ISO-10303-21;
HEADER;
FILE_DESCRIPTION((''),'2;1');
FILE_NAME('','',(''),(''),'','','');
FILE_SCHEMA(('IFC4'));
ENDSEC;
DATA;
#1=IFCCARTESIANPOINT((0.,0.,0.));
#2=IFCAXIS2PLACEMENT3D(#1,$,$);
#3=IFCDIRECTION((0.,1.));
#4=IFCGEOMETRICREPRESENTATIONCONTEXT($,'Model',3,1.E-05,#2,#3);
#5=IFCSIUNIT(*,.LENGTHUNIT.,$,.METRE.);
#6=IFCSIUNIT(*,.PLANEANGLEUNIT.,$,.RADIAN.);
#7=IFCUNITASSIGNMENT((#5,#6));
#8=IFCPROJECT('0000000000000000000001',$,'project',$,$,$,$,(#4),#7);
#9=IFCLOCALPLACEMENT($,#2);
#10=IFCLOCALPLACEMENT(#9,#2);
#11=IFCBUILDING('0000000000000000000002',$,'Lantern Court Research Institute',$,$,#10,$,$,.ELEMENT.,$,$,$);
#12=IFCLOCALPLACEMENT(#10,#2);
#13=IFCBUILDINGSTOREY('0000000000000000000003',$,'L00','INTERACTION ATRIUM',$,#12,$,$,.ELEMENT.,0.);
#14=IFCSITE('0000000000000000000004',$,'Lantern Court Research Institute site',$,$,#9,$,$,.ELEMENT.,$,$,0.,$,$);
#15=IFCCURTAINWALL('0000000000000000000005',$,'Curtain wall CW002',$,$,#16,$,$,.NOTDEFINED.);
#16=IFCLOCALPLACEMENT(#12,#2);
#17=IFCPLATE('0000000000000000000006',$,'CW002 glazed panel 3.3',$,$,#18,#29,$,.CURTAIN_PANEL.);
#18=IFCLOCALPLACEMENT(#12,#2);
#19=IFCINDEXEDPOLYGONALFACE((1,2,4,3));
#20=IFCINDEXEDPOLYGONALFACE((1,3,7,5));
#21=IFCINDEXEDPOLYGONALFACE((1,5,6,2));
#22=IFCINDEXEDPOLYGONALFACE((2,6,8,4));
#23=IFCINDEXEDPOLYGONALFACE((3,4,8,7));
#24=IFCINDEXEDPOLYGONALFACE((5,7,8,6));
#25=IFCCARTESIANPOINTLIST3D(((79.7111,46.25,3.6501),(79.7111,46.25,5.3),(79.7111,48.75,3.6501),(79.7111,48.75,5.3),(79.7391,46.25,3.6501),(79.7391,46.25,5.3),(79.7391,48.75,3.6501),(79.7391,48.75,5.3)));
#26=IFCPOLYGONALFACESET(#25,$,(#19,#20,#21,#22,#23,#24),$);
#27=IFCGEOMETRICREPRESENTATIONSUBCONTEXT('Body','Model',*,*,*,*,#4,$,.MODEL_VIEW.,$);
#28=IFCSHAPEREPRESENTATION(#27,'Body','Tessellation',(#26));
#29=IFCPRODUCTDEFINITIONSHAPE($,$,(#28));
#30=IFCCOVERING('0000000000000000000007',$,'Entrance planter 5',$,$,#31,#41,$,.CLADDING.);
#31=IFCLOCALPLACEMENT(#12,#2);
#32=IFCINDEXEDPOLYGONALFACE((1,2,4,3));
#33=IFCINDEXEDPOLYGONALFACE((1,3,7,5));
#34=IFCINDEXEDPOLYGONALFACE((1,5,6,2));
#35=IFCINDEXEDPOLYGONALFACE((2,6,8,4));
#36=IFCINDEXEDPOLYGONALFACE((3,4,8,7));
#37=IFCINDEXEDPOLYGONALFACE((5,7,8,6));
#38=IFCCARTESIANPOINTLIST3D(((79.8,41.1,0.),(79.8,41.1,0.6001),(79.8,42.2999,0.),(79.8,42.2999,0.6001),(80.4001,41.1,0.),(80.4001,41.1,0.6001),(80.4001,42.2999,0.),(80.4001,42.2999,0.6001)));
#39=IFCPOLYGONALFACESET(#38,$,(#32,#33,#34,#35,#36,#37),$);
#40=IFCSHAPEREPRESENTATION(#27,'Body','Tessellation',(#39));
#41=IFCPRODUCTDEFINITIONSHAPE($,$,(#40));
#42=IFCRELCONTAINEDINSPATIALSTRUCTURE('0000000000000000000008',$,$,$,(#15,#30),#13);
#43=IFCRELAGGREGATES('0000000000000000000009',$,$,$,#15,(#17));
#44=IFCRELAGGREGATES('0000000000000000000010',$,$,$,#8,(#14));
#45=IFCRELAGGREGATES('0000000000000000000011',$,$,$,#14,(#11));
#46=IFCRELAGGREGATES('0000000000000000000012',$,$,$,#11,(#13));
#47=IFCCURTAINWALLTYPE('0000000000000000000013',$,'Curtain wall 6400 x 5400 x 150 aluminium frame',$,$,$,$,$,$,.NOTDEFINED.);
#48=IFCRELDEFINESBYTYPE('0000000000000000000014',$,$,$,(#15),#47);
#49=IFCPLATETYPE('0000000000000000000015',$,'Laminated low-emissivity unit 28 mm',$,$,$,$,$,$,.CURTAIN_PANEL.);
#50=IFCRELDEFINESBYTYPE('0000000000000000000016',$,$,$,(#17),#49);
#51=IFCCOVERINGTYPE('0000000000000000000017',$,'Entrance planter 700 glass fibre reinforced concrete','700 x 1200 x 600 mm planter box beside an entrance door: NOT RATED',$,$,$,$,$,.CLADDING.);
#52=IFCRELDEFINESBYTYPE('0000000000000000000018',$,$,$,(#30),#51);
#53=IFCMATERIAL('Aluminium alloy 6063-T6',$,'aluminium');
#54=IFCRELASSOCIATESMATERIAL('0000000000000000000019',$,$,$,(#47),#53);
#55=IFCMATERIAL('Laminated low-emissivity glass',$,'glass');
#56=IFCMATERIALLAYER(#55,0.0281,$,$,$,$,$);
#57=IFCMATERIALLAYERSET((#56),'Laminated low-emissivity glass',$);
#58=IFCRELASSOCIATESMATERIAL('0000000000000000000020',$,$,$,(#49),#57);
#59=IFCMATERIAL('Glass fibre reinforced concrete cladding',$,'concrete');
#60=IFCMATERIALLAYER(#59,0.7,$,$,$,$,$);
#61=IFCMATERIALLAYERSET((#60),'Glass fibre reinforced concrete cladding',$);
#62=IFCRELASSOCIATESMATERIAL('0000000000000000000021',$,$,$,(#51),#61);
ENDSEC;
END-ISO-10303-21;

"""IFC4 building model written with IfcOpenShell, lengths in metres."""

from ifc_helpers import new_model, si_unit, direction, frame, origin, origin_2d, place, context, subcontext, project, spatial, rectangle, extrude, material, layer, layer_set, type_object, element, aggregate, save


model = new_model("IFC4")

# Units and contexts
model_context = context("Model", 3, precision=1e-05, world=origin(), true_north=direction((0.0, 1.0)))
body_context = subcontext(model_context, "Body", "Model", "MODEL_VIEW")
ifc_project = project(units=[si_unit("LENGTHUNIT", "METRE"), si_unit("PLANEANGLEUNIT", "RADIAN")], contexts=[model_context])

# Site, building, storey
site_placement = place(None, origin())
site = spatial("IfcSite", under=ifc_project, at=site_placement, Name="Lantern Court Research Institute site", CompositionType="ELEMENT", RefElevation=0.0)
building_placement = place(site_placement, origin())
building = spatial("IfcBuilding", under=site, at=building_placement, Name="Lantern Court Research Institute", CompositionType="ELEMENT")
storey_placement = place(building_placement, origin())
storey = spatial("IfcBuildingStorey", under=building, at=storey_placement, Name="L00", Description="INTERACTION ATRIUM", CompositionType="ELEMENT", Elevation=0.0)

# Curtain wall, plate
ifc_material_1 = material(Name="Aluminium alloy 6063-T6", Category="aluminium")
curtain_wall_type = type_object("IfcCurtainWallType", Name="Curtain wall 6400 x 5400 x 150 aluminium frame", PredefinedType="NOTDEFINED", material=ifc_material_1)
curtain_wall_placement = place(storey_placement, origin())
curtain_wall = element("IfcCurtainWall", 1, at=curtain_wall_placement, inside=storey, type_object=curtain_wall_type, Name="Curtain wall CW002", PredefinedType="NOTDEFINED")
ifc_material_2 = material(Name="Laminated low-emissivity glass", Category="glass")
ifc_layer_1 = layer(ifc_material_2, 0.0281)
ifc_layer_set_1 = layer_set([ifc_layer_1], Name="Laminated low-emissivity glass")
plate_type_1 = type_object("IfcPlateType", Name="Laminated low-emissivity unit 28 mm", PredefinedType="CURTAIN_PANEL", material=ifc_layer_set_1)
plate_1_placement = place(storey_placement, frame((79.7251, 47.5, 3.6501), z_axis=(0.0, 0.0, 1.0), x_axis=(0.0, -1.0, 0.0)))
plate_1 = element("IfcPlate", 2, at=plate_1_placement, type_object=plate_type_1, Name="CW002 glazed panel 3.3", PredefinedType="CURTAIN_PANEL", context=body_context, shape_type="SweptSolid", body=[
    extrude(rectangle(XDim=2.5, YDim=0.0281, at=origin_2d()), origin(), (0.0, 0.0, 1.0), 1.6499),
])
aggregate(curtain_wall, [plate_1])

# Covering
ifc_material_3 = material(Name="Glass fibre reinforced concrete cladding", Category="concrete")
ifc_layer_2 = layer(ifc_material_3, 0.7)
ifc_layer_set_2 = layer_set([ifc_layer_2], Name="Glass fibre reinforced concrete cladding")
covering_type = type_object("IfcCoveringType", Name="Entrance planter 700 glass fibre reinforced concrete", Description="700 x 1200 x 600 mm planter box beside an entrance door: NOT RATED", PredefinedType="CLADDING", material=ifc_layer_set_2)
covering_placement = place(storey_placement, frame((80.1001, 41.7, 0.0), z_axis=(0.0, 0.0, 1.0), x_axis=(1.0, 0.0, 0.0)))
element("IfcCovering", 3, at=covering_placement, inside=storey, type_object=covering_type, Name="Entrance planter 5", PredefinedType="CLADDING", context=body_context, shape_type="SweptSolid", body=[
    extrude(rectangle(XDim=0.6001, YDim=1.2, at=origin_2d()), origin(), (0.0, 0.0, 1.0), 0.6001),
])

save(model, "model.ifc")
